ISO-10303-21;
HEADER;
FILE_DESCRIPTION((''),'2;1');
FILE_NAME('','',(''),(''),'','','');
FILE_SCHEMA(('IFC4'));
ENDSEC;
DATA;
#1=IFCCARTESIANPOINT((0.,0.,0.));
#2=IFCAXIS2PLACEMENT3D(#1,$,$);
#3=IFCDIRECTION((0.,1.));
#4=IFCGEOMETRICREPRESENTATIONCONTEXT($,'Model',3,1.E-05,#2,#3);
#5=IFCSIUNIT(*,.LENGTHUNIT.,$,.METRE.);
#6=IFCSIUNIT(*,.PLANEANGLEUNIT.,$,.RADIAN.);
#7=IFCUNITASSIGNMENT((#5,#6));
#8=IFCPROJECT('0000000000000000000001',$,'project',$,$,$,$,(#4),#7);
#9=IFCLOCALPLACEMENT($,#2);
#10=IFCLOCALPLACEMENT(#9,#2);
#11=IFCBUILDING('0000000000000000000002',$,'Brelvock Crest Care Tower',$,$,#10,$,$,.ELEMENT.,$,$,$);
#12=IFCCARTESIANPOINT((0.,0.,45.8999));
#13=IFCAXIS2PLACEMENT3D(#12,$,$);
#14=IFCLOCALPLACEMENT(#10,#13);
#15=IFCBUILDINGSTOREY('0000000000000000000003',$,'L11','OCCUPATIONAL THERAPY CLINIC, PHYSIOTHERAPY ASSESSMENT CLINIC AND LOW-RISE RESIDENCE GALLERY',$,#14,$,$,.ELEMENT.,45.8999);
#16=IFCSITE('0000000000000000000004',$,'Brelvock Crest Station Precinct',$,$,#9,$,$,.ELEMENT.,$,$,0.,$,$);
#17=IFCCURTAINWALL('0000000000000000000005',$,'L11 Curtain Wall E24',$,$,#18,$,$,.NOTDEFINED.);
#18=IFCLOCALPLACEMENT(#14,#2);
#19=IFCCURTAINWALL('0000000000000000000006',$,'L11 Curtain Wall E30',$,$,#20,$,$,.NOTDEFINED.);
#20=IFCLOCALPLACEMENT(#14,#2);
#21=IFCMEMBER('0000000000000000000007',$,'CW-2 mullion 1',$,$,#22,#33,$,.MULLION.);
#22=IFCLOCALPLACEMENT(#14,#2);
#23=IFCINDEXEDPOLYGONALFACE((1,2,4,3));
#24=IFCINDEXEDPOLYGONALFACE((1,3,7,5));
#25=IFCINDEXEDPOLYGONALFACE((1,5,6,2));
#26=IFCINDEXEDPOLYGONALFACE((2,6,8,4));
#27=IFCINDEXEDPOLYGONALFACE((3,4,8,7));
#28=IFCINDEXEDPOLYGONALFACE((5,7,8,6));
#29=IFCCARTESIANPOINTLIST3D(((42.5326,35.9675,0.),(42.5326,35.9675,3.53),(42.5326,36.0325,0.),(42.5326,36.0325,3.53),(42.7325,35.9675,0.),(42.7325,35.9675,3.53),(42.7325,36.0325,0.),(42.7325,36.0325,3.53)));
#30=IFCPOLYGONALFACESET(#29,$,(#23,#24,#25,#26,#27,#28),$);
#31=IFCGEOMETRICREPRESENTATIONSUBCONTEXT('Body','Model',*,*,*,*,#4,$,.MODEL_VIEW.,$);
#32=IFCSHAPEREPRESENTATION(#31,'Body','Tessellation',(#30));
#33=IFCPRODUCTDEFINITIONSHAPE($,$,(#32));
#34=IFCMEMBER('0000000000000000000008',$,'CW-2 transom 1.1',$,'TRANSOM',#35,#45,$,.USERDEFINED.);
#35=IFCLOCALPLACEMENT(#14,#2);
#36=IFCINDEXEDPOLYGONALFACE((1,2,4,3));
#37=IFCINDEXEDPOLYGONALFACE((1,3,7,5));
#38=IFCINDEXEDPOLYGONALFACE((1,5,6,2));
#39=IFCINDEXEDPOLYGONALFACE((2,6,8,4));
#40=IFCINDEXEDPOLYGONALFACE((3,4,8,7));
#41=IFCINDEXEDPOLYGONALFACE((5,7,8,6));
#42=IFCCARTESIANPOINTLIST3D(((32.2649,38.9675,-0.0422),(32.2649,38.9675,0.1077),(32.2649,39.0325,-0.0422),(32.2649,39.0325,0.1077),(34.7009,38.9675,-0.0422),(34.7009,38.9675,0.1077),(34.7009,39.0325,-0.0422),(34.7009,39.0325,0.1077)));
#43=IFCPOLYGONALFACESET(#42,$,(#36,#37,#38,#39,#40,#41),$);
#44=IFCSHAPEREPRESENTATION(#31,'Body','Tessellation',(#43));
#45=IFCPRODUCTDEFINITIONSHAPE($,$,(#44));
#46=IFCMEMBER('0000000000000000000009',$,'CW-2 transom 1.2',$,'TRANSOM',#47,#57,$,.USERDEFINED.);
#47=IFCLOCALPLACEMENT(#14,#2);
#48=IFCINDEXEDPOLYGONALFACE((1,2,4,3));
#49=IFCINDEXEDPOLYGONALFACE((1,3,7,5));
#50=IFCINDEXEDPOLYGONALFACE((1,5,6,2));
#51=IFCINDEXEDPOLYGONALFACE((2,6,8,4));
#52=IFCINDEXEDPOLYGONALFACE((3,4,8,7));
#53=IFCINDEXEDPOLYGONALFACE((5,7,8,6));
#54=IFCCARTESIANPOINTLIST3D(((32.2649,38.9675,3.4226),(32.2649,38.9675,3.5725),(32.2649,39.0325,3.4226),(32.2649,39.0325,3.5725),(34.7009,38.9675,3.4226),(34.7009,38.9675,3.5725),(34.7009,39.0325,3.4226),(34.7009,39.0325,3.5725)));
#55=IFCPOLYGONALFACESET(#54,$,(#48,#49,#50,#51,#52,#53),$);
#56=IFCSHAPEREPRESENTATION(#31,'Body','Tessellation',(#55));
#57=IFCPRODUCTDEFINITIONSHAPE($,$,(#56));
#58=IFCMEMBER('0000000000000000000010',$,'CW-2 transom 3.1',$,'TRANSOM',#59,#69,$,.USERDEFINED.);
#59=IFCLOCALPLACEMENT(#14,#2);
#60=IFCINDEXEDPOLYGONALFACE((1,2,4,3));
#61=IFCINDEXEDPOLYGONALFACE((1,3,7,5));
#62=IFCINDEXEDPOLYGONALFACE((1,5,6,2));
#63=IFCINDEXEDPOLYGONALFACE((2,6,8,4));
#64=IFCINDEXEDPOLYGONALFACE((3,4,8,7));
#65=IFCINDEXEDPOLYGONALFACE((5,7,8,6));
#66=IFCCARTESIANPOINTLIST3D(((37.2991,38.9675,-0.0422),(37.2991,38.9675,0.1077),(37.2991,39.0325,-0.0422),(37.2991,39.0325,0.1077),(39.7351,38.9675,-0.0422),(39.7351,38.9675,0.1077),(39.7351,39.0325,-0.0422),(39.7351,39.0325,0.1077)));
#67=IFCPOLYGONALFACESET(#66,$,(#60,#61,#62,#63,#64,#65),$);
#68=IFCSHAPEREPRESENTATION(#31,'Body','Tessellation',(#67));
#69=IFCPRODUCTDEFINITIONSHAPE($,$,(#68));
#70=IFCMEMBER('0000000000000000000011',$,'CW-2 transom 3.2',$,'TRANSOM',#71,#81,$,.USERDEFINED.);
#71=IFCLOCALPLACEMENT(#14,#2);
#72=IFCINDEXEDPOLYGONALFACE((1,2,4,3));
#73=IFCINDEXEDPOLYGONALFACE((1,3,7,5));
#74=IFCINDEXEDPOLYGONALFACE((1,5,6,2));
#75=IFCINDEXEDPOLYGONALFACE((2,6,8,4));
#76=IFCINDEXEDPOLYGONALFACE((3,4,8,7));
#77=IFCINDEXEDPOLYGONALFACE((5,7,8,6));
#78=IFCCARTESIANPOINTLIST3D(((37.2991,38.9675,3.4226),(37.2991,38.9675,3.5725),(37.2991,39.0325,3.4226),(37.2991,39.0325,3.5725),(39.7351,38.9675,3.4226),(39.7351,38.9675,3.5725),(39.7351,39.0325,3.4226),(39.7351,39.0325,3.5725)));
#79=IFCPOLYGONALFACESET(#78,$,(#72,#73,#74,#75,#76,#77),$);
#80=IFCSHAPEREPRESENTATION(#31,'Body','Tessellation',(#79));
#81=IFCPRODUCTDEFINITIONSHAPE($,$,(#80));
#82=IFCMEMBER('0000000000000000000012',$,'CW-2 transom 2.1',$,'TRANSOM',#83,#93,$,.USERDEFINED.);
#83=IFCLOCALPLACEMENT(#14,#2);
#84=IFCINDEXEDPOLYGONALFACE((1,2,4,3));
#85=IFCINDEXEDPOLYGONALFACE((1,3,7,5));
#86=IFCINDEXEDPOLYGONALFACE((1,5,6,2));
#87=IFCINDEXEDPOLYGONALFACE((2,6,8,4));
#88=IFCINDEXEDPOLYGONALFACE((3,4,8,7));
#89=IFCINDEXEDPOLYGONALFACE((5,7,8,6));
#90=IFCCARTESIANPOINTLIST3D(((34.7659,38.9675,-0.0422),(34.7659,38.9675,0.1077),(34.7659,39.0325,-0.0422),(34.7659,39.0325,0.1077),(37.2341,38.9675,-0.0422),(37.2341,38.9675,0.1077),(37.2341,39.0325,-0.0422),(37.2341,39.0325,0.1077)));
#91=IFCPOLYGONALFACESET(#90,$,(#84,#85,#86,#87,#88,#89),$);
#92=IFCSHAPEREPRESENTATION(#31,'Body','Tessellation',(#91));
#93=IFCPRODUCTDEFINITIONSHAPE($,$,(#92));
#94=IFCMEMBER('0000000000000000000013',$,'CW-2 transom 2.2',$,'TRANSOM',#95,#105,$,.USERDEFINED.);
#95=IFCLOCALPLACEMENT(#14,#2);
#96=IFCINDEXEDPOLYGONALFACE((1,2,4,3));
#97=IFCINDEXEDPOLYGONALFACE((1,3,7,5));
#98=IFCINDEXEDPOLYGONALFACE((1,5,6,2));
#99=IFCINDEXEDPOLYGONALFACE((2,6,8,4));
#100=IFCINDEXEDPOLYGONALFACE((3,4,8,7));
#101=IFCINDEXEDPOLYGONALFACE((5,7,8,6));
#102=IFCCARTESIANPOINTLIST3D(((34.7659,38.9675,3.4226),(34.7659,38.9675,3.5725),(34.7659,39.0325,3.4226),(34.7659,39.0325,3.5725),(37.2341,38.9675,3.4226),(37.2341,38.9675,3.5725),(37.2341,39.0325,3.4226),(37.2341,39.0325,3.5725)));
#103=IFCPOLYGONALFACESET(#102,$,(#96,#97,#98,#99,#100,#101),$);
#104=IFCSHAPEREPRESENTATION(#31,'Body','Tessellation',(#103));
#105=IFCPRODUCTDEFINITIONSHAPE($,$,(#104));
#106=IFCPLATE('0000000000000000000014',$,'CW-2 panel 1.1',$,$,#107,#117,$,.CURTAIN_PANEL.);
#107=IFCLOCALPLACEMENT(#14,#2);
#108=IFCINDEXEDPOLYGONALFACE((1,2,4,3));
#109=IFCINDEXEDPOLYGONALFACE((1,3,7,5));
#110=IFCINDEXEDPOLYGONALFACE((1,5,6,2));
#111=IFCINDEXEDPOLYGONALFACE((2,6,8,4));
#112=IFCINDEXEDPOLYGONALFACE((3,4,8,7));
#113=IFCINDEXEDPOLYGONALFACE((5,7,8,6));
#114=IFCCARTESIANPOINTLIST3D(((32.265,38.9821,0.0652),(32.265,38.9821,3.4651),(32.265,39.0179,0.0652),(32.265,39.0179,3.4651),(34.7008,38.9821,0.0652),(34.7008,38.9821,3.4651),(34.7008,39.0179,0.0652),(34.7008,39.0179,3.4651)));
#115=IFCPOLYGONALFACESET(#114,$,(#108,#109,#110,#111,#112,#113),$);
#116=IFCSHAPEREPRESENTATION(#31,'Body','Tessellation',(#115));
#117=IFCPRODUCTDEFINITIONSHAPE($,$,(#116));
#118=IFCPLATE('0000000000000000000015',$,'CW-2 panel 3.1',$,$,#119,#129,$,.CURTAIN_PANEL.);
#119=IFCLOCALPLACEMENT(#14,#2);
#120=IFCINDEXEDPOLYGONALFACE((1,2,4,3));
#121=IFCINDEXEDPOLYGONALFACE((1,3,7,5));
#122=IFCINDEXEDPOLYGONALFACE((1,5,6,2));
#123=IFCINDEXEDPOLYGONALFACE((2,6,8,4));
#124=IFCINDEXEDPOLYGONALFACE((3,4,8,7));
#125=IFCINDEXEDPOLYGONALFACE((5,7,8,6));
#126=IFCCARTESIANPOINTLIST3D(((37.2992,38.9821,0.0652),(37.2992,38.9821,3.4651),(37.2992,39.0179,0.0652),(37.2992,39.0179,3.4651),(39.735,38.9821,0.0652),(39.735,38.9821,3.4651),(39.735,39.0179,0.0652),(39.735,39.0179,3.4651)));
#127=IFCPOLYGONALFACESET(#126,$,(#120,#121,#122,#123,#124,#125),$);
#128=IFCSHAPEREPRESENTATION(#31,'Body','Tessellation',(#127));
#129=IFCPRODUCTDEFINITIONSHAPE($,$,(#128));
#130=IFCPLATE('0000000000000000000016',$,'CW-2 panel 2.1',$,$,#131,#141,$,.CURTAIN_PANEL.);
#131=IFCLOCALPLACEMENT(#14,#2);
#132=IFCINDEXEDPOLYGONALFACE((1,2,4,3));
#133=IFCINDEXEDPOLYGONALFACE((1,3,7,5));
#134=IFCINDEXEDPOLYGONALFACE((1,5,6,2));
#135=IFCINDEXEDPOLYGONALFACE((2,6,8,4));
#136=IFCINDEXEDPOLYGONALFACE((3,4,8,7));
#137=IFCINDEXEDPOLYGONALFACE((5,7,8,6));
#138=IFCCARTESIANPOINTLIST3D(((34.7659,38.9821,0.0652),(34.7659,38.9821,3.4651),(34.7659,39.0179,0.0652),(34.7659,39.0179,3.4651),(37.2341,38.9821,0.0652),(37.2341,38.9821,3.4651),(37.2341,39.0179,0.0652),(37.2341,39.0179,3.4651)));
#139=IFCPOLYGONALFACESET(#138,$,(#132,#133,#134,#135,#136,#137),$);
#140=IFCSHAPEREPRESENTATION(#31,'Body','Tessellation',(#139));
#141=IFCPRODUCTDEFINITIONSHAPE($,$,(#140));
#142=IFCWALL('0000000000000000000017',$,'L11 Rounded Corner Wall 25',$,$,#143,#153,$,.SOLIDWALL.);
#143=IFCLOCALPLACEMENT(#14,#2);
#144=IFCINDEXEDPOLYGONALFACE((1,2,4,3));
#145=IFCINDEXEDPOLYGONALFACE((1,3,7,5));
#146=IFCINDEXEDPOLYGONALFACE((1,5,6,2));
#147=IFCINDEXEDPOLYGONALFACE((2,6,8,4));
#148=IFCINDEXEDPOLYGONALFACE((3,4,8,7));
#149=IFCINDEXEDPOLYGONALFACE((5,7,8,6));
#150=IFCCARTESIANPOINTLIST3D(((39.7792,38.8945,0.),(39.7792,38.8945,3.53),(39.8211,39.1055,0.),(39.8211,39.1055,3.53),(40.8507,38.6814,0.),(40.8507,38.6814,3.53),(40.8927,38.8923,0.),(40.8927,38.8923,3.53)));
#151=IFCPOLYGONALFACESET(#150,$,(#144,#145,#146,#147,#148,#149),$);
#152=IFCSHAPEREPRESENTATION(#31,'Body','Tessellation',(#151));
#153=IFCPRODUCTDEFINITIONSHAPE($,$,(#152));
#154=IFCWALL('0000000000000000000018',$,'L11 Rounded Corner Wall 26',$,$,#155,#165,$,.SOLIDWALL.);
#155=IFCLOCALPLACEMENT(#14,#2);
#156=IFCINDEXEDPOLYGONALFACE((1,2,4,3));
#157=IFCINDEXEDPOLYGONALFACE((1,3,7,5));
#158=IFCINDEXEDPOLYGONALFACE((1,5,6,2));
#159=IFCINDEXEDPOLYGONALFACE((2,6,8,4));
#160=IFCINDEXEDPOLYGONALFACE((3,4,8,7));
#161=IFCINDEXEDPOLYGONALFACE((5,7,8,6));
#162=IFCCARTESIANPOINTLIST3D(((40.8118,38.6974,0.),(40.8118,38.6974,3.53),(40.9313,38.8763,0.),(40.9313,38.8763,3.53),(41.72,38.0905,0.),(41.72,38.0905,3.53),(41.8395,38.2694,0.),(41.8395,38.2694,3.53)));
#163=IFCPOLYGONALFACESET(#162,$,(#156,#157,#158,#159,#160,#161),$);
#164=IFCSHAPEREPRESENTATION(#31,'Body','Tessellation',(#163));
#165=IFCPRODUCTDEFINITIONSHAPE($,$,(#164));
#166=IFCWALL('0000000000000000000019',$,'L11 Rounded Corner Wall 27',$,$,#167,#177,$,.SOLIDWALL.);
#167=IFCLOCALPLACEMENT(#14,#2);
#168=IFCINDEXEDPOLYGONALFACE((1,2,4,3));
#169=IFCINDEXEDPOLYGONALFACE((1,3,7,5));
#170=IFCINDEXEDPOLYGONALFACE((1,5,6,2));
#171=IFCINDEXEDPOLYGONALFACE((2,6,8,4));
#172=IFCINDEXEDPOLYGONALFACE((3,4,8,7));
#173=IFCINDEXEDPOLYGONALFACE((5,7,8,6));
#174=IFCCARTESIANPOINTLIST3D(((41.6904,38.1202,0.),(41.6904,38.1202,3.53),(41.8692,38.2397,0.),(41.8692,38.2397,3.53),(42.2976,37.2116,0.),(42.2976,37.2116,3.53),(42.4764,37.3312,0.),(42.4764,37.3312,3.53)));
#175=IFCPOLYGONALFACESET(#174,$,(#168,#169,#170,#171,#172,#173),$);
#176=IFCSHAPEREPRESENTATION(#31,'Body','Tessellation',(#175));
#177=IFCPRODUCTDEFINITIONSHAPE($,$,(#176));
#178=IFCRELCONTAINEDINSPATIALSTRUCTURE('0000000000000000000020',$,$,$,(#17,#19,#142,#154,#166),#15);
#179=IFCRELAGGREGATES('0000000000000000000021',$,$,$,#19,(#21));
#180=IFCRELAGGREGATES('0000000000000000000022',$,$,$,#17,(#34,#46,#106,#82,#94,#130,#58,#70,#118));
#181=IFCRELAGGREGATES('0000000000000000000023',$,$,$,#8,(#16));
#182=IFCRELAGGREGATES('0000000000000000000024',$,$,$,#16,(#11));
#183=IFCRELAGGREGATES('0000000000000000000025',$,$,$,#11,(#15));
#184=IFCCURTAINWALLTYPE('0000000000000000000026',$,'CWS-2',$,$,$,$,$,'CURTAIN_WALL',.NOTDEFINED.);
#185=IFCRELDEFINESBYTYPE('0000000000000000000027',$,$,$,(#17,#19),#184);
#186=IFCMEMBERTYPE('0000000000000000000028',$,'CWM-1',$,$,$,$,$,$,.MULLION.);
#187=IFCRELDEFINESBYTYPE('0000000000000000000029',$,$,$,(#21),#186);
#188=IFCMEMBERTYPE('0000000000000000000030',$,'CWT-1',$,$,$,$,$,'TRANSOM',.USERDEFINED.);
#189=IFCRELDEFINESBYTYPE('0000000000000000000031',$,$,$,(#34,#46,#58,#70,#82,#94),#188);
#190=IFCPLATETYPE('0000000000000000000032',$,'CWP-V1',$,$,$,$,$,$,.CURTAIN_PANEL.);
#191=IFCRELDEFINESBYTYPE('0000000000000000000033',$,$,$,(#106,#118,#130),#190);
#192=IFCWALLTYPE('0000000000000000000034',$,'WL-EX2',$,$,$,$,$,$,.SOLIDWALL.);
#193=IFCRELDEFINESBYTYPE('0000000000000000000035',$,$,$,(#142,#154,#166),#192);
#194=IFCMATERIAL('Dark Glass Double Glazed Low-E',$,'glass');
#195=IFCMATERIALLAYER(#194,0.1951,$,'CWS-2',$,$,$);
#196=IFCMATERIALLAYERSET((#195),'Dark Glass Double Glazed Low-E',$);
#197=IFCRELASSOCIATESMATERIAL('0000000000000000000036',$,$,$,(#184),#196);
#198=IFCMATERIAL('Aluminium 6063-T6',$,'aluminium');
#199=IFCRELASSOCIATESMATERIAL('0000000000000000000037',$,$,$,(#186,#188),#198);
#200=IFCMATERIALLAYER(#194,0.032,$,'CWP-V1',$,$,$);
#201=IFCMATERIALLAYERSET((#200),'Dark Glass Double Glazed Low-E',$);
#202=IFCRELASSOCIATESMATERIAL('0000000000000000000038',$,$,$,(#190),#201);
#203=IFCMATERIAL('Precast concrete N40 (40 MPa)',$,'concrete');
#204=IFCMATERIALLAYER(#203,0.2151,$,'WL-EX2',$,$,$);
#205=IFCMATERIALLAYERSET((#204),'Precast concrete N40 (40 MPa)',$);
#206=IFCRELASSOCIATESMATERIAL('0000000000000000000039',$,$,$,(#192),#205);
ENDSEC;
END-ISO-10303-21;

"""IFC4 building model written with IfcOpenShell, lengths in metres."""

from ifc_helpers import new_model, si_unit, direction, frame, frame_2d, origin, origin_2d, place, context, subcontext, project, spatial, rectangle, extrude, source, transform, mapped, material, layer, layer_set, material_profile, profile_set, type_object, element, aggregate, save


model = new_model("IFC4")

# Units and contexts
model_context = context("Model", 3, precision=1e-05, world=origin(), true_north=direction((0.0, 1.0)))
body_context = subcontext(model_context, "Body", "Model", "MODEL_VIEW")
ifc_project = project(units=[si_unit("LENGTHUNIT", "METRE"), si_unit("PLANEANGLEUNIT", "RADIAN")], contexts=[model_context])

# Site, building, storey
site_placement = place(None, origin())
site = spatial("IfcSite", under=ifc_project, at=site_placement, Name="Brelvock Crest Station Precinct", CompositionType="ELEMENT", RefElevation=0.0)
building_placement = place(site_placement, origin())
building = spatial("IfcBuilding", under=site, at=building_placement, Name="Brelvock Crest Care Tower", CompositionType="ELEMENT")
storey_placement = place(building_placement, frame((0.0, 0.0, 45.8999)))
storey = spatial("IfcBuildingStorey", under=building, at=storey_placement, Name="L11", Description="OCCUPATIONAL THERAPY CLINIC, PHYSIOTHERAPY ASSESSMENT CLINIC AND LOW-RISE RESIDENCE GALLERY", CompositionType="ELEMENT", Elevation=45.8999)

# Curtain wall
ifc_material_1 = material(Name="Dark Glass Double Glazed Low-E", Category="glass")
ifc_layer_1 = layer(ifc_material_1, 0.1951, Name="CWS-2")
ifc_layer_set_1 = layer_set([ifc_layer_1], Name="Dark Glass Double Glazed Low-E")
curtain_wall_type = type_object("IfcCurtainWallType", Name="CWS-2", ElementType="CURTAIN_WALL", PredefinedType="NOTDEFINED", material=ifc_layer_set_1)
curtain_wall_1_placement = place(storey_placement, origin())
curtain_wall_1 = element("IfcCurtainWall", 1, at=curtain_wall_1_placement, inside=storey, type_object=curtain_wall_type, Name="L11 Curtain Wall E24", PredefinedType="NOTDEFINED")
ifc_material_2 = material(Name="Aluminium 6063-T6", Category="aluminium")
ifc_material_profile_1 = material_profile(ifc_material_2, rectangle(XDim=0.0649, YDim=0.2, at=origin_2d()), Name="ALU65x200")
ifc_profile_set_1 = profile_set([ifc_material_profile_1], Name="Aluminium 6063-T6")
member_type_1 = type_object("IfcMemberType", Name="CWM-1", PredefinedType="MULLION", material=ifc_profile_set_1)
shared_shape_1 = source(origin(), body_context, "Body", "SweptSolid", [
    extrude(rectangle(XDim=0.0649, YDim=0.2, at=origin_2d()), origin(), (0.0, 0.0, 1.0), 3.53),
])

# Curtain wall, member
curtain_wall_2_placement = place(storey_placement, origin())
curtain_wall_2 = element("IfcCurtainWall", 2, at=curtain_wall_2_placement, inside=storey, type_object=curtain_wall_type, Name="L11 Curtain Wall E30", PredefinedType="NOTDEFINED")
member_1_placement = place(storey_placement, frame((42.6326, 36.0, 0.0), z_axis=(0.0, 0.0, 1.0), x_axis=(0.0, 1.0, 0.0)))
member_1 = element("IfcMember", 3, at=member_1_placement, type_object=member_type_1, Name="CW-2 mullion 1", PredefinedType="MULLION", context=body_context, shape_type="MappedRepresentation", body=[
    mapped(shared_shape_1, transform((0.0, 0.0, 0.0), x_axis=(1.0, 0.0, 0.0), y_axis=(0.0, 1.0, 0.0), z_axis=(0.0, 0.0, 1.0), scale=1.0)),
])
aggregate(curtain_wall_2, [member_1])

# Members
ifc_material_profile_2 = material_profile(ifc_material_2, rectangle(XDim=0.0649, YDim=0.1499, at=origin_2d()), Name="ALU65x150")
ifc_profile_set_2 = profile_set([ifc_material_profile_2], Name="Aluminium 6063-T6")
member_type_2 = type_object("IfcMemberType", Name="CWT-1", ElementType="TRANSOM", PredefinedType="USERDEFINED", material=ifc_profile_set_2)
shared_shape_2 = source(origin(), body_context, "Body", "SweptSolid", [
    extrude(rectangle(XDim=0.0649, YDim=0.1499, at=origin_2d()), origin(), (0.0, 0.0, 1.0), 2.436),
])
member_2_placement = place(storey_placement, frame((32.2649, 39.0, 0.0327), z_axis=(1.0, 0.0, 0.0), x_axis=(0.0, 1.0, 0.0)))
member_2 = element("IfcMember", 4, at=member_2_placement, type_object=member_type_2, Name="CW-2 transom 1.1", ObjectType="TRANSOM", PredefinedType="USERDEFINED", context=body_context, shape_type="MappedRepresentation", body=[
    mapped(shared_shape_2, transform((0.0, 0.0, 0.0), x_axis=(1.0, 0.0, 0.0), y_axis=(0.0, 1.0, 0.0), z_axis=(0.0, 0.0, 1.0), scale=1.0)),
])
member_3_placement = place(storey_placement, frame((32.2649, 39.0, 3.4976), z_axis=(1.0, 0.0, 0.0), x_axis=(0.0, 1.0, 0.0)))
member_3 = element("IfcMember", 5, at=member_3_placement, type_object=member_type_2, Name="CW-2 transom 1.2", ObjectType="TRANSOM", PredefinedType="USERDEFINED", context=body_context, shape_type="MappedRepresentation", body=[
    mapped(shared_shape_2, transform((0.0, 0.0, 0.0), x_axis=(1.0, 0.0, 0.0), y_axis=(0.0, 1.0, 0.0), z_axis=(0.0, 0.0, 1.0), scale=1.0)),
])
member_4_placement = place(storey_placement, frame((37.2991, 39.0, 0.0327), z_axis=(1.0, 0.0, 0.0), x_axis=(0.0, 1.0, 0.0)))
member_4 = element("IfcMember", 6, at=member_4_placement, type_object=member_type_2, Name="CW-2 transom 3.1", ObjectType="TRANSOM", PredefinedType="USERDEFINED", context=body_context, shape_type="MappedRepresentation", body=[
    mapped(shared_shape_2, transform((0.0, 0.0, 0.0), x_axis=(1.0, 0.0, 0.0), y_axis=(0.0, 1.0, 0.0), z_axis=(0.0, 0.0, 1.0), scale=1.0)),
])
member_5_placement = place(storey_placement, frame((37.2991, 39.0, 3.4976), z_axis=(1.0, 0.0, 0.0), x_axis=(0.0, 1.0, 0.0)))
member_5 = element("IfcMember", 7, at=member_5_placement, type_object=member_type_2, Name="CW-2 transom 3.2", ObjectType="TRANSOM", PredefinedType="USERDEFINED", context=body_context, shape_type="MappedRepresentation", body=[
    mapped(shared_shape_2, transform((0.0, 0.0, 0.0), x_axis=(1.0, 0.0, 0.0), y_axis=(0.0, 1.0, 0.0), z_axis=(0.0, 0.0, 1.0), scale=1.0)),
])
shared_shape_3 = source(origin(), body_context, "Body", "SweptSolid", [
    extrude(rectangle(XDim=0.0649, YDim=0.1499, at=origin_2d()), origin(), (0.0, 0.0, 1.0), 2.4683),
])
member_6_placement = place(storey_placement, frame((34.7659, 39.0, 0.0327), z_axis=(1.0, 0.0, 0.0), x_axis=(0.0, 1.0, 0.0)))
member_6 = element("IfcMember", 8, at=member_6_placement, type_object=member_type_2, Name="CW-2 transom 2.1", ObjectType="TRANSOM", PredefinedType="USERDEFINED", context=body_context, shape_type="MappedRepresentation", body=[
    mapped(shared_shape_3, transform((0.0, 0.0, 0.0), x_axis=(1.0, 0.0, 0.0), y_axis=(0.0, 1.0, 0.0), z_axis=(0.0, 0.0, 1.0), scale=1.0)),
])
member_7_placement = place(storey_placement, frame((34.7659, 39.0, 3.4976), z_axis=(1.0, 0.0, 0.0), x_axis=(0.0, 1.0, 0.0)))
member_7 = element("IfcMember", 9, at=member_7_placement, type_object=member_type_2, Name="CW-2 transom 2.2", ObjectType="TRANSOM", PredefinedType="USERDEFINED", context=body_context, shape_type="MappedRepresentation", body=[
    mapped(shared_shape_3, transform((0.0, 0.0, 0.0), x_axis=(1.0, 0.0, 0.0), y_axis=(0.0, 1.0, 0.0), z_axis=(0.0, 0.0, 1.0), scale=1.0)),
])

# Plates
ifc_layer_2 = layer(ifc_material_1, 0.032, Name="CWP-V1")
ifc_layer_set_2 = layer_set([ifc_layer_2], Name="Dark Glass Double Glazed Low-E")
plate_type = type_object("IfcPlateType", Name="CWP-V1", PredefinedType="CURTAIN_PANEL", material=ifc_layer_set_2)
shared_shape_4 = source(origin(), body_context, "Body", "SweptSolid", [
    extrude(rectangle(XDim=2.4358, YDim=0.0359, at=origin_2d()), origin(), (0.0, 0.0, 1.0), 3.3999),
])
plate_1_placement = place(storey_placement, frame((33.4829, 39.0, 0.0652), z_axis=(0.0, 0.0, 1.0), x_axis=(1.0, 0.0, 0.0)))
plate_1 = element("IfcPlate", 10, at=plate_1_placement, type_object=plate_type, Name="CW-2 panel 1.1", PredefinedType="CURTAIN_PANEL", context=body_context, shape_type="MappedRepresentation", body=[
    mapped(shared_shape_4, transform((0.0, 0.0, 0.0), x_axis=(1.0, 0.0, 0.0), y_axis=(0.0, 1.0, 0.0), z_axis=(0.0, 0.0, 1.0), scale=1.0)),
])
plate_2_placement = place(storey_placement, frame((38.5171, 39.0, 0.0652), z_axis=(0.0, 0.0, 1.0), x_axis=(1.0, 0.0, 0.0)))
plate_2 = element("IfcPlate", 11, at=plate_2_placement, type_object=plate_type, Name="CW-2 panel 3.1", PredefinedType="CURTAIN_PANEL", context=body_context, shape_type="MappedRepresentation", body=[
    mapped(shared_shape_4, transform((0.0, 0.0, 0.0), x_axis=(1.0, 0.0, 0.0), y_axis=(0.0, 1.0, 0.0), z_axis=(0.0, 0.0, 1.0), scale=1.0)),
])
shared_shape_5 = source(origin(), body_context, "Body", "SweptSolid", [
    extrude(rectangle(XDim=2.4683, YDim=0.0359, at=origin_2d()), origin(), (0.0, 0.0, 1.0), 3.3999),
])
plate_3_placement = place(storey_placement, frame((36.0, 39.0, 0.0652), z_axis=(0.0, 0.0, 1.0), x_axis=(1.0, 0.0, 0.0)))
plate_3 = element("IfcPlate", 12, at=plate_3_placement, type_object=plate_type, Name="CW-2 panel 2.1", PredefinedType="CURTAIN_PANEL", context=body_context, shape_type="MappedRepresentation", body=[
    mapped(shared_shape_5, transform((0.0, 0.0, 0.0), x_axis=(1.0, 0.0, 0.0), y_axis=(0.0, 1.0, 0.0), z_axis=(0.0, 0.0, 1.0), scale=1.0)),
])
aggregate(curtain_wall_1, [member_2, member_3, plate_1, member_6, member_7, plate_3, member_4, member_5, plate_2])

# Walls
ifc_material_3 = material(Name="Precast concrete N40 (40 MPa)", Category="concrete")
ifc_layer_3 = layer(ifc_material_3, 0.2151, Name="WL-EX2")
ifc_layer_set_3 = layer_set([ifc_layer_3], Name="Precast concrete N40 (40 MPa)")
wall_type = type_object("IfcWallType", Name="WL-EX2", PredefinedType="SOLIDWALL", material=ifc_layer_set_3)
wall_1_placement = place(storey_placement, frame((39.8, 39.0, 0.0), z_axis=(0.0, 0.0, 1.0), x_axis=(0.980786, -0.195085, 0.0)))
element("IfcWall", 13, at=wall_1_placement, inside=storey, type_object=wall_type, Name="L11 Rounded Corner Wall 25", PredefinedType="SOLIDWALL", context=body_context, shape_type="SweptSolid", body=[
    extrude(rectangle(XDim=1.0925, YDim=0.2151, at=frame_2d((0.5464, 0.0))), origin(), (0.0, 0.0, 1.0), 3.53),
])
wall_2_placement = place(storey_placement, frame((40.8716, 38.7869, 0.0), z_axis=(0.0, 0.0, 1.0), x_axis=(0.831431, -0.555628, 0.0)))
element("IfcWall", 14, at=wall_2_placement, inside=storey, type_object=wall_type, Name="L11 Rounded Corner Wall 26", PredefinedType="SOLIDWALL", context=body_context, shape_type="SweptSolid", body=[
    extrude(rectangle(XDim=1.0923, YDim=0.2151, at=frame_2d((0.5461, 0.0))), origin(), (0.0, 0.0, 1.0), 3.53),
])
wall_3_placement = place(storey_placement, frame((41.7798, 38.1799, 0.0), z_axis=(0.0, 0.0, 1.0), x_axis=(0.555679, -0.831397, 0.0)))
element("IfcWall", 15, at=wall_3_placement, inside=storey, type_object=wall_type, Name="L11 Rounded Corner Wall 27", PredefinedType="SOLIDWALL", context=body_context, shape_type="SweptSolid", body=[
    extrude(rectangle(XDim=1.0928, YDim=0.2151, at=frame_2d((0.5464, 0.0))), origin(), (0.0, 0.0, 1.0), 3.53),
])

save(model, "model.ifc")
